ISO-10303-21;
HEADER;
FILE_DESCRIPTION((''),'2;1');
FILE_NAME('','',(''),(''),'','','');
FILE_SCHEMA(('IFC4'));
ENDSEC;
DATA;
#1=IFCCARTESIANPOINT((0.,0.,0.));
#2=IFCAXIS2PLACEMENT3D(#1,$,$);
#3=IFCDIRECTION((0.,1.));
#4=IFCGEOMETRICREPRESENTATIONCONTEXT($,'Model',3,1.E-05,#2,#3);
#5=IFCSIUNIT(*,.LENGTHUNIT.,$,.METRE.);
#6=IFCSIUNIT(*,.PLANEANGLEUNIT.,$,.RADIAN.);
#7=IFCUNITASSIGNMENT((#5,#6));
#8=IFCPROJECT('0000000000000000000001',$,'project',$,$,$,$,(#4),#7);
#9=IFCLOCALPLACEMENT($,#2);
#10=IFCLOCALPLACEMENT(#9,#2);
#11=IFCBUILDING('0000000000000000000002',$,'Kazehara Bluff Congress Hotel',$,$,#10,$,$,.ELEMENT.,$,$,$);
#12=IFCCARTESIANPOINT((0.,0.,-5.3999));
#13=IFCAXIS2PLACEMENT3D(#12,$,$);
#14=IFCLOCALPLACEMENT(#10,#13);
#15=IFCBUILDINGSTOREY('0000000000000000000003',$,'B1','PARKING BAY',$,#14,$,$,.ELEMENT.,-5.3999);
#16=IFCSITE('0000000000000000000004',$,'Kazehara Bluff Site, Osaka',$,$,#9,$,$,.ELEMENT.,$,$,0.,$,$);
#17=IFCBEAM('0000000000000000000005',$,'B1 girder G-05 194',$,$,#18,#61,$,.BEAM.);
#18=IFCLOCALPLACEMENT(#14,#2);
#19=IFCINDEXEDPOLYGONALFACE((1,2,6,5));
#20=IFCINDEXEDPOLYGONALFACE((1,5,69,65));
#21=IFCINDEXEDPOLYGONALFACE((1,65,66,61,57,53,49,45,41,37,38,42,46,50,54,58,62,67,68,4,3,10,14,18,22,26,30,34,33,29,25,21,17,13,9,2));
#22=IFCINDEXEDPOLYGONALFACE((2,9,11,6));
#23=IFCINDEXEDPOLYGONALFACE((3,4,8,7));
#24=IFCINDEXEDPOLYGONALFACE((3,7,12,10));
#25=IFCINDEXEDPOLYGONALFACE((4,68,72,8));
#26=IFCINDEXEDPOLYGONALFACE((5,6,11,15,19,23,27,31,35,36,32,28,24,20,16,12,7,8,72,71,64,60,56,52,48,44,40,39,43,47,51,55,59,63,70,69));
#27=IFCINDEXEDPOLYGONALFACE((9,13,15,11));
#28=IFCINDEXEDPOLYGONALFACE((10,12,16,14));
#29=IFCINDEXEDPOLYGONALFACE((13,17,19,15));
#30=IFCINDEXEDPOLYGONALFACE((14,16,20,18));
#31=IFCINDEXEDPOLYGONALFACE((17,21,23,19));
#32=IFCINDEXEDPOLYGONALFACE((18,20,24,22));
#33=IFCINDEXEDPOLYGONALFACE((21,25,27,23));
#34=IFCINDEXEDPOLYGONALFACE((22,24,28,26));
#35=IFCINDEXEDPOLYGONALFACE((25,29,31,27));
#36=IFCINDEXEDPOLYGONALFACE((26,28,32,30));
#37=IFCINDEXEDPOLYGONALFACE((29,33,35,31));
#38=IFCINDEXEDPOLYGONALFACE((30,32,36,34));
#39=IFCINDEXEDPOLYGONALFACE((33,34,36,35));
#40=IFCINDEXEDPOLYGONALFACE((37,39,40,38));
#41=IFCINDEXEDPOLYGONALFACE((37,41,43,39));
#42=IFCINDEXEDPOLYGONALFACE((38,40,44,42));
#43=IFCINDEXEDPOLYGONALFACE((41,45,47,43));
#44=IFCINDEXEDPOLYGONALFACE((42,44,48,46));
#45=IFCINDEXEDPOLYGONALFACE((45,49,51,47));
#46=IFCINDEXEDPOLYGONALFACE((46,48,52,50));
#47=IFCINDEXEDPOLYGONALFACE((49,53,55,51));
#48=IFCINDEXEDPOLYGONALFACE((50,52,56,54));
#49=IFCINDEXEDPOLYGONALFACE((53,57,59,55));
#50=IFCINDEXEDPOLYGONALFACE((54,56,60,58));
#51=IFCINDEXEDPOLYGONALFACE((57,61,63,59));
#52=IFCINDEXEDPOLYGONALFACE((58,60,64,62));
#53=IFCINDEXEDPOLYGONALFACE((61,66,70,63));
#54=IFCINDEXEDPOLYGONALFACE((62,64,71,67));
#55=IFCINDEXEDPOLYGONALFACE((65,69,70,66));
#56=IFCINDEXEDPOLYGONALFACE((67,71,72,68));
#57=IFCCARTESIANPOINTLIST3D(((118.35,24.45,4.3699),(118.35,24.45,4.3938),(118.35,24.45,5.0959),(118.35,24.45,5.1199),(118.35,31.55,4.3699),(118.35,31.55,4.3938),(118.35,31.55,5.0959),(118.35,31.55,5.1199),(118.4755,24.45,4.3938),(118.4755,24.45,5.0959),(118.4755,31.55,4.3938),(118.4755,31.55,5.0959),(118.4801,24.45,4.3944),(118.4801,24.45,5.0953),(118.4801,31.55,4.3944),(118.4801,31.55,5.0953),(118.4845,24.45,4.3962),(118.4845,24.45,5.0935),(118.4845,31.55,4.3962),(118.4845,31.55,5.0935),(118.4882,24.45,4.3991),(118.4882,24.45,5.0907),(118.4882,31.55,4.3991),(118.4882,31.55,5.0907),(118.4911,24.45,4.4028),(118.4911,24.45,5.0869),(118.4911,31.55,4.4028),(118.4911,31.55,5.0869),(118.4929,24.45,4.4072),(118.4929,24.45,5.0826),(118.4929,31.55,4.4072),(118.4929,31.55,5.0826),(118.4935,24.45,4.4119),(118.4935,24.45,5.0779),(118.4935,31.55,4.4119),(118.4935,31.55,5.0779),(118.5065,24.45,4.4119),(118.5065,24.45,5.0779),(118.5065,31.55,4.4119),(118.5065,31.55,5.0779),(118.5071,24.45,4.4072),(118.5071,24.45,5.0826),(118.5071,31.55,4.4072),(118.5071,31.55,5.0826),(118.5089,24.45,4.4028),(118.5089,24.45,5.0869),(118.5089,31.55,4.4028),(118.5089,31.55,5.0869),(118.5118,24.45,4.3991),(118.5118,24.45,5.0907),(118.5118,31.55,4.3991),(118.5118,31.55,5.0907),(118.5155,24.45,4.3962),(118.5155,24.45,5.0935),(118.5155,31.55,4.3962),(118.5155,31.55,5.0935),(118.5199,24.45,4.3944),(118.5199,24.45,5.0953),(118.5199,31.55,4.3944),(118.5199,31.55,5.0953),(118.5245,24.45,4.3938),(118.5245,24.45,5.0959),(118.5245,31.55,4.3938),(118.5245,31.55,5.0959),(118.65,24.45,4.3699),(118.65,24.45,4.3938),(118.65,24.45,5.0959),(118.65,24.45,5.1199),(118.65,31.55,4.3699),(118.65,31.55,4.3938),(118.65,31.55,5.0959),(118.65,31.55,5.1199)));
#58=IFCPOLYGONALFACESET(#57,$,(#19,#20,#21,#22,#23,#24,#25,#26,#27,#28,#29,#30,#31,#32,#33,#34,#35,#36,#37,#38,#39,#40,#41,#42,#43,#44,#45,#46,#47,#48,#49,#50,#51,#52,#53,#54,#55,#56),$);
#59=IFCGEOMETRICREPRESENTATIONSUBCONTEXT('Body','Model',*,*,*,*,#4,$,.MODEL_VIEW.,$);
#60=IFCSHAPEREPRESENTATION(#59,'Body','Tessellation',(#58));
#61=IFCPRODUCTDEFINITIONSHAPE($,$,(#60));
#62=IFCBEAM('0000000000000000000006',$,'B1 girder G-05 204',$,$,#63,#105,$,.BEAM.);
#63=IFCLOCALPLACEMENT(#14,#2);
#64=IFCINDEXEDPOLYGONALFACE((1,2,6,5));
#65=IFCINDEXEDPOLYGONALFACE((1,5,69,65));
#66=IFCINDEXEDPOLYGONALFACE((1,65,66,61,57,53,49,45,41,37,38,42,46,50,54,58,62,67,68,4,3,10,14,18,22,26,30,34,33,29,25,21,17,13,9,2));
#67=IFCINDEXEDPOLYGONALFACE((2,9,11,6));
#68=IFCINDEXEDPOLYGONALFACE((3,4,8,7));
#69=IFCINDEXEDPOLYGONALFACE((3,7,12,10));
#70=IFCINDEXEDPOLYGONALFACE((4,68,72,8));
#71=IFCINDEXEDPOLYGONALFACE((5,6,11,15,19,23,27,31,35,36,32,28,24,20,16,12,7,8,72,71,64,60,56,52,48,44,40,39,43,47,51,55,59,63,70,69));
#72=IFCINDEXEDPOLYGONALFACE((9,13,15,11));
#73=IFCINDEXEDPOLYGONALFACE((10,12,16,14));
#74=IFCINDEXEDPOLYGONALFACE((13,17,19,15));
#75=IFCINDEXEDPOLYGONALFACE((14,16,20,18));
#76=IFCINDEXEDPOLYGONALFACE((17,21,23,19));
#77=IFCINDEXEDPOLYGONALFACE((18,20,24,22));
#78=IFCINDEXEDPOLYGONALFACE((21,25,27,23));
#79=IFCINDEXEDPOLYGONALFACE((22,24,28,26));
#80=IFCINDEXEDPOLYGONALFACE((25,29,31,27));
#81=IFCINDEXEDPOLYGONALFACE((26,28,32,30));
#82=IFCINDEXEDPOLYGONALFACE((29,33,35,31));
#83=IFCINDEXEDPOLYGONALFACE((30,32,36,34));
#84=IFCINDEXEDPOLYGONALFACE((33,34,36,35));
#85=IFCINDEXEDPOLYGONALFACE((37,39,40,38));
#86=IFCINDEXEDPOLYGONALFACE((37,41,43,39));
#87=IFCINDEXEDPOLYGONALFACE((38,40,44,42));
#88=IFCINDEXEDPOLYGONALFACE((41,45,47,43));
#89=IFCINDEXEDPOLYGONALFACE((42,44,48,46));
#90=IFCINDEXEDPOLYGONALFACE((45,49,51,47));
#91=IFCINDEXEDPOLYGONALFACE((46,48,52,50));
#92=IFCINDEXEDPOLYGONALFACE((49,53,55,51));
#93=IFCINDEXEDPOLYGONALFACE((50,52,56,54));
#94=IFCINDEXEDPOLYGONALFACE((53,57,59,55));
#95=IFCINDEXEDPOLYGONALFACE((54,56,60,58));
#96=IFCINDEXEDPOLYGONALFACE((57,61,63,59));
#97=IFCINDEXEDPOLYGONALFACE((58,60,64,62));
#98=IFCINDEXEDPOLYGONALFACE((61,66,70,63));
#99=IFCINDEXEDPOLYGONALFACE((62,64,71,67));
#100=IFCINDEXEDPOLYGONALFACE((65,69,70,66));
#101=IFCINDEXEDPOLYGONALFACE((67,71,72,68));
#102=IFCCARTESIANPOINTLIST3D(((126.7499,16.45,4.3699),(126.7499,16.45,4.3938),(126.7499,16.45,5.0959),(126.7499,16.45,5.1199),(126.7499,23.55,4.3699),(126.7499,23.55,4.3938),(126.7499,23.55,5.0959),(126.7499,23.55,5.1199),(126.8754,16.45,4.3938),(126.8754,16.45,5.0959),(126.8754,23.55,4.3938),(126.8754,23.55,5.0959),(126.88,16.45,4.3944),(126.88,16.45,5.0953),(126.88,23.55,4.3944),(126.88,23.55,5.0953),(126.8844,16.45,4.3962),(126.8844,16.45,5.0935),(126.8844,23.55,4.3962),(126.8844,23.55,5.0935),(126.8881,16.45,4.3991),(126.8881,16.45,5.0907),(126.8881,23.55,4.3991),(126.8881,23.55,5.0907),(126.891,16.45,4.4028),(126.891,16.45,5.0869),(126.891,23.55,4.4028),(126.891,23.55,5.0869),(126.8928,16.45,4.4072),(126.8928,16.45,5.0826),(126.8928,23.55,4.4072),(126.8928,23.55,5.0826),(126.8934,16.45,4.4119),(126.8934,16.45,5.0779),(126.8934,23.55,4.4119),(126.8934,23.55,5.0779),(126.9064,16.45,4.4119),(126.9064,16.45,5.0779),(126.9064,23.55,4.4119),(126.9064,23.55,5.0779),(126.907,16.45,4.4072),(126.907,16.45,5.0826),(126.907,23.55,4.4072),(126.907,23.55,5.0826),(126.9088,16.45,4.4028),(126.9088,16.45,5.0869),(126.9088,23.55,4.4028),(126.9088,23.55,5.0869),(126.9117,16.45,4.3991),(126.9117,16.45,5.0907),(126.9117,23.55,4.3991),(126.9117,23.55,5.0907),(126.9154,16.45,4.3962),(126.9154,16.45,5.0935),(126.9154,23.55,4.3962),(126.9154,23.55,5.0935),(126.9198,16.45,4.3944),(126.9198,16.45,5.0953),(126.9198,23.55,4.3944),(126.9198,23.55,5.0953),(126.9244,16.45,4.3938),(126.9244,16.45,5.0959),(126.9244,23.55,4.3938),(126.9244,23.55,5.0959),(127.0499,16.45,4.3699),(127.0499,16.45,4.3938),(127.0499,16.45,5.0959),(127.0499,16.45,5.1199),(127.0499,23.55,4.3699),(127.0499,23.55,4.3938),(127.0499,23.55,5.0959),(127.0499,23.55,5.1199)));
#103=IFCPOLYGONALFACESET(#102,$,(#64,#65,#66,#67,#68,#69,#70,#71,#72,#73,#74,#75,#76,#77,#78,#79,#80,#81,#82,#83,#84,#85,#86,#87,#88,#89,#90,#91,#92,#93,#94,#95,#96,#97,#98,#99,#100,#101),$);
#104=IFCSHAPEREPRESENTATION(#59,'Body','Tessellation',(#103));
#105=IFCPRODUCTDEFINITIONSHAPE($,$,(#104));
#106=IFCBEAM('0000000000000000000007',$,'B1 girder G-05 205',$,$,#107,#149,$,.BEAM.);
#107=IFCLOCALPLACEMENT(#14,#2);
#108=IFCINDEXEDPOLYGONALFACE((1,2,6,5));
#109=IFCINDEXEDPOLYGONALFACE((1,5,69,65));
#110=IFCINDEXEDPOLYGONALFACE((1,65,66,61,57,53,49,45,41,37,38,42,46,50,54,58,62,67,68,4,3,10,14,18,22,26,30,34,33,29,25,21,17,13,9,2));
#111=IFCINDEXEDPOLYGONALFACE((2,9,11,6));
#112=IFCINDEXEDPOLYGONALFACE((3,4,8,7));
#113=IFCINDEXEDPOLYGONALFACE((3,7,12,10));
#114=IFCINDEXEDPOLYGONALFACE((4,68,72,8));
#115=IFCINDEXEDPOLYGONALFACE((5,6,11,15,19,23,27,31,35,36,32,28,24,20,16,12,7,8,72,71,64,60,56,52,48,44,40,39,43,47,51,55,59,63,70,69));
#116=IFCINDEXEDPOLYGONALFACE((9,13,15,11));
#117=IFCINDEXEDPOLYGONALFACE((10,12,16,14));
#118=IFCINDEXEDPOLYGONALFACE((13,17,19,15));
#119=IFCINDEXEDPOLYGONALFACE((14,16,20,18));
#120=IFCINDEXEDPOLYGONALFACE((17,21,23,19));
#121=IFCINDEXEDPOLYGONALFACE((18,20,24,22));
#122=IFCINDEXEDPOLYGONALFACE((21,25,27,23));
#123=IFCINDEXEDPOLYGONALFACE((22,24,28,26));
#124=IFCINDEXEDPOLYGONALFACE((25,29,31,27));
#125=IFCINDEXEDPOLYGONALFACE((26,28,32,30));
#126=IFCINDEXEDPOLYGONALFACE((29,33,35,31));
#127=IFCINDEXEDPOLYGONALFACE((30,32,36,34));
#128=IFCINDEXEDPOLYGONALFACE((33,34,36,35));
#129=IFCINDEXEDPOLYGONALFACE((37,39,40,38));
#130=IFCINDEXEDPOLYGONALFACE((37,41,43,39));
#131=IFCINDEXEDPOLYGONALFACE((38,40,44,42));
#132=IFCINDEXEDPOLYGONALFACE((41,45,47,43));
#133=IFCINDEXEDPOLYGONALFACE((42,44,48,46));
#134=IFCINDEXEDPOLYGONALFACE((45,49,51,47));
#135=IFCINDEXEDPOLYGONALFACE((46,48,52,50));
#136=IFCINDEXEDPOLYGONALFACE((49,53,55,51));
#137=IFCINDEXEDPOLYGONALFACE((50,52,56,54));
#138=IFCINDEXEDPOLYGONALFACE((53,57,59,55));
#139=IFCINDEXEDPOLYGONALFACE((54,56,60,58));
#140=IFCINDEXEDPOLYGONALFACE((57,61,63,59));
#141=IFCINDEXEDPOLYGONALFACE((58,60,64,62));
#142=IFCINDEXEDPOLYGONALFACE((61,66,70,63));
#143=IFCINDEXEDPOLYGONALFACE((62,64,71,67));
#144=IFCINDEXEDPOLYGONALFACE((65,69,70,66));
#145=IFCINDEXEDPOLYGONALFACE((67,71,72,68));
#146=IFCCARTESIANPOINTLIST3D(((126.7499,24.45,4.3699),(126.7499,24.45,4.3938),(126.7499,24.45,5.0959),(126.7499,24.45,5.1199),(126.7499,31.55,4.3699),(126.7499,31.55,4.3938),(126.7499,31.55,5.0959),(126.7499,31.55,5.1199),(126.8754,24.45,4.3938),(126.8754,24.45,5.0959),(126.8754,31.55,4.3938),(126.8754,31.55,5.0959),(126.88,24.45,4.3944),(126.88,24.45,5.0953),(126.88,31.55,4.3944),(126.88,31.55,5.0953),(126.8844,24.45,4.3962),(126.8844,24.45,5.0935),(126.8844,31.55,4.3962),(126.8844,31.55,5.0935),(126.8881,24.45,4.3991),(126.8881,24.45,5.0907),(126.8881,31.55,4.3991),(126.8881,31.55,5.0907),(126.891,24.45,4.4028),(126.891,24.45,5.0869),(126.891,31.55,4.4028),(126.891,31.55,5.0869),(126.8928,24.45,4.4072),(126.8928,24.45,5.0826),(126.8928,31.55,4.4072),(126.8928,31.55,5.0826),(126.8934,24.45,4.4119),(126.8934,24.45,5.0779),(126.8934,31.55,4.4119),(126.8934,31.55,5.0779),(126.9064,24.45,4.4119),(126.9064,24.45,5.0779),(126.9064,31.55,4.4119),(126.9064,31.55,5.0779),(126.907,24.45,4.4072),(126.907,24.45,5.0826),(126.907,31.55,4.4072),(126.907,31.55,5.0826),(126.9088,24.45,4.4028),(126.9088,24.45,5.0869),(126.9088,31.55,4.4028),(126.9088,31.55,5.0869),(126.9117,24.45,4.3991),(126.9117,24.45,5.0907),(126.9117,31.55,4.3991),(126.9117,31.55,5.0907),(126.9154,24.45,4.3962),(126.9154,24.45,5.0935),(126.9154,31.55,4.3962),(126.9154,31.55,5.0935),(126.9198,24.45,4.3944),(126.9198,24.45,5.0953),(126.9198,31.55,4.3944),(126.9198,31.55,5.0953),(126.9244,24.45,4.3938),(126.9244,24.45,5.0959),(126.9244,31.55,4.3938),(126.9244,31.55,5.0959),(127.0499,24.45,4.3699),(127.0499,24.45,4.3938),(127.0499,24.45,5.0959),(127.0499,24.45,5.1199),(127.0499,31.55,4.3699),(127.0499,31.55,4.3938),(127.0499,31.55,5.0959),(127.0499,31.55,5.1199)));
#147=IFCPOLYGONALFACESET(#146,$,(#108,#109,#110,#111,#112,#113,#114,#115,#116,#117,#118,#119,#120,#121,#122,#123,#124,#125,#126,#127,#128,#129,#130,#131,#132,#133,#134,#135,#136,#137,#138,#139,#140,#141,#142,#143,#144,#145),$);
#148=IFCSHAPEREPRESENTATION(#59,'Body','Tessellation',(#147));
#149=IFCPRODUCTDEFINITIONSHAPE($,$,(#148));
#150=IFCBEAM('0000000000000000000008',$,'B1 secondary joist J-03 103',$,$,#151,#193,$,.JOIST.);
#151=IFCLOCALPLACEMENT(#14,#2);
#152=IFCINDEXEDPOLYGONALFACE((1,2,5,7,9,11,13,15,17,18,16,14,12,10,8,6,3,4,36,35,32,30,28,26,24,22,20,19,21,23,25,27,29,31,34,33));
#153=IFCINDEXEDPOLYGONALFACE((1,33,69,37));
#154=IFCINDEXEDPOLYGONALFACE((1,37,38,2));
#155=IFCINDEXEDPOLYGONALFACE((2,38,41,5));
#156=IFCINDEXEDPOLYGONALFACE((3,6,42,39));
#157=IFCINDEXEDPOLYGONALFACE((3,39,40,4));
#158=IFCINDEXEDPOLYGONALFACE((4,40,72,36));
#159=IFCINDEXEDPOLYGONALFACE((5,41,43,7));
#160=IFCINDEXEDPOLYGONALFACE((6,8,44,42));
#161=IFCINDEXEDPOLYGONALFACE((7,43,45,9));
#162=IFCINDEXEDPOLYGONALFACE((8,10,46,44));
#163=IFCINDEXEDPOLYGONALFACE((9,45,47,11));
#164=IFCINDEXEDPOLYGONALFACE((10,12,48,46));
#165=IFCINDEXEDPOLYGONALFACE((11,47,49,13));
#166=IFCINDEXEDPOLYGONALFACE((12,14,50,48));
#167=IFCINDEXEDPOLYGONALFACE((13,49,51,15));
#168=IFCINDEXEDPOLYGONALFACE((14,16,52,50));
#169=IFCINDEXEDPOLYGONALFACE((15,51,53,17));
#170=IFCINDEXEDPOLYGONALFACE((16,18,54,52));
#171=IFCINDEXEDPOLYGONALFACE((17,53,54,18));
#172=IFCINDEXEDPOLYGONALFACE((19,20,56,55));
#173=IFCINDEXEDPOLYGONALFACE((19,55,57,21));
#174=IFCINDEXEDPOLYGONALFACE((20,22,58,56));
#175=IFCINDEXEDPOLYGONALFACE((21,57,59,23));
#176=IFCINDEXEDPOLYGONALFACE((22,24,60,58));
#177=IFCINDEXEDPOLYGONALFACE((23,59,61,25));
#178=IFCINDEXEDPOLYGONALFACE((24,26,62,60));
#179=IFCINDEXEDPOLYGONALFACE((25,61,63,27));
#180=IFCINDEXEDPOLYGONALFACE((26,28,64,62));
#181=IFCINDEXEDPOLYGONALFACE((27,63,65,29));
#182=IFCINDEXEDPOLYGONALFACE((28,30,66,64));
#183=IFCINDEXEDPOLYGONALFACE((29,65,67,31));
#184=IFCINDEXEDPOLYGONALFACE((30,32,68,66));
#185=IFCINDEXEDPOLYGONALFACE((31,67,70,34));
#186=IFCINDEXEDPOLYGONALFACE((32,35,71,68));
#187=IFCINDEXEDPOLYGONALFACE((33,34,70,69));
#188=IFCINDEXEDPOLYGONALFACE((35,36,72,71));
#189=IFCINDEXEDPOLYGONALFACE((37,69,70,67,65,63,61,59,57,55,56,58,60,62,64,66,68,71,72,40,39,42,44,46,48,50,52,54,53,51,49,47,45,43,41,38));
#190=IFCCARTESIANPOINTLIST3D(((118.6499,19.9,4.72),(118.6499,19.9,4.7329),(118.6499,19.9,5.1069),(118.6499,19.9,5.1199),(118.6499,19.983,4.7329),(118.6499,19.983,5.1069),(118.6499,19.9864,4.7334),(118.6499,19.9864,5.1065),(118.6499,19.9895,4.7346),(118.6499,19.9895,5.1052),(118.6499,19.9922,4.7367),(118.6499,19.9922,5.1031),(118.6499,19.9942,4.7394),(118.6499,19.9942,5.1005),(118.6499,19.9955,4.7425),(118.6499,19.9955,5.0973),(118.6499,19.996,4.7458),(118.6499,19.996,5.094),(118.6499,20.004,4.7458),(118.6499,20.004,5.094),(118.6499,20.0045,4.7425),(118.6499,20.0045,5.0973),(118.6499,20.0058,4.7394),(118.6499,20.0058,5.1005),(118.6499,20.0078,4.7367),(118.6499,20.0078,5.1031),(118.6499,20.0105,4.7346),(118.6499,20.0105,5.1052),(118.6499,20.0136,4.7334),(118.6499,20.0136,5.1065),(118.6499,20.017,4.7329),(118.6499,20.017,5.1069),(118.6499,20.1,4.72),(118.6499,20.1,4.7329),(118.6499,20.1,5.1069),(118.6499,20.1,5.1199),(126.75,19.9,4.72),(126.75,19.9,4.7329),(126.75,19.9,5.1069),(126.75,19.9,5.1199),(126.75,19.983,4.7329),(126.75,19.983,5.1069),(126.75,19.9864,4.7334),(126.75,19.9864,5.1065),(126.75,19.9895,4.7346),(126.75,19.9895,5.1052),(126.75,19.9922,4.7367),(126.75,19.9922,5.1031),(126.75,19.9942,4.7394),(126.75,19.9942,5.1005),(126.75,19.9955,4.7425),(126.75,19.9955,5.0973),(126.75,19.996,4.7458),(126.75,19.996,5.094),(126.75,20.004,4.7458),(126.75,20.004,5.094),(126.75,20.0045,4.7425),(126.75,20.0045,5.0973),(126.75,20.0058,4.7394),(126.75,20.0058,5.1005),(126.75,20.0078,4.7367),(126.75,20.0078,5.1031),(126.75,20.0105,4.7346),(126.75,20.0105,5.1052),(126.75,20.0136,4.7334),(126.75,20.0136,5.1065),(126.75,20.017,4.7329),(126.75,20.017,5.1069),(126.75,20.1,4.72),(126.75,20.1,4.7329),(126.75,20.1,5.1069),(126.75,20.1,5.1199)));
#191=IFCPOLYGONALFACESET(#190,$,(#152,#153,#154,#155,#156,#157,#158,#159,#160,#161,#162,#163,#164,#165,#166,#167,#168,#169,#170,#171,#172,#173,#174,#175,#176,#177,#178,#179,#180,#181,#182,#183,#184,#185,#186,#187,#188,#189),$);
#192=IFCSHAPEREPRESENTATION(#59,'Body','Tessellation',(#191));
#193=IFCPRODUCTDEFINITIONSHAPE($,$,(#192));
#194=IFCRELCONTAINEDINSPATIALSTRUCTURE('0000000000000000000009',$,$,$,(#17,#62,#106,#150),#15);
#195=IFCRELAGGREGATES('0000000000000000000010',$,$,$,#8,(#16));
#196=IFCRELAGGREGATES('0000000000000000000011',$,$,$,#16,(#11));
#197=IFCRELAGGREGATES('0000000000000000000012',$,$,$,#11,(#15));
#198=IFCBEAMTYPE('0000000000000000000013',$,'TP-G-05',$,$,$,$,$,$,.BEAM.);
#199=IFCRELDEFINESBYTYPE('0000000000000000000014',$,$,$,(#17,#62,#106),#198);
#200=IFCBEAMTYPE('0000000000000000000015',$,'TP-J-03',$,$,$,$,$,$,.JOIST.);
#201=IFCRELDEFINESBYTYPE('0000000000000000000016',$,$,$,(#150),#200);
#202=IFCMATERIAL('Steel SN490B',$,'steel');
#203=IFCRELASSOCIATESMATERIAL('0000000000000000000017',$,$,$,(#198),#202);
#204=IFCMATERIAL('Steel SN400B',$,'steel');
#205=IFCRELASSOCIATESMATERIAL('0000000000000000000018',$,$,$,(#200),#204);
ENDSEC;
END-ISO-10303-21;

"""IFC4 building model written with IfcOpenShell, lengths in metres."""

from ifc_helpers import new_model, si_unit, direction, frame, origin, origin_2d, place, context, subcontext, project, spatial, i_section, extrude, material, material_profile, profile_set, type_object, element, save


model = new_model("IFC4")

# Units and contexts
model_context = context("Model", 3, precision=1e-05, world=origin(), true_north=direction((0.0, 1.0)))
body_context = subcontext(model_context, "Body", "Model", "MODEL_VIEW")
ifc_project = project(units=[si_unit("LENGTHUNIT", "METRE"), si_unit("PLANEANGLEUNIT", "RADIAN")], contexts=[model_context])

# Site, building, storey
site_placement = place(None, origin())
site = spatial("IfcSite", under=ifc_project, at=site_placement, Name="Kazehara Bluff Site, Osaka", CompositionType="ELEMENT", RefElevation=0.0)
building_placement = place(site_placement, origin())
building = spatial("IfcBuilding", under=site, at=building_placement, Name="Kazehara Bluff Congress Hotel", CompositionType="ELEMENT")
storey_placement = place(building_placement, frame((0.0, 0.0, -5.3999)))
storey = spatial("IfcBuildingStorey", under=building, at=storey_placement, Name="B1", Description="PARKING BAY", CompositionType="ELEMENT", Elevation=-5.3999)

# Beams
ifc_material_1 = material(Name="Steel SN490B", Category="steel")
ifc_material_profile_1 = material_profile(ifc_material_1, i_section(OverallWidth=0.3, OverallDepth=0.75, WebThickness=0.0129, FlangeThickness=0.0239, FilletRadius=0.0181, at=origin_2d()))
ifc_profile_set_1 = profile_set([ifc_material_profile_1], Name="Steel SN490B")
beam_type_1 = type_object("IfcBeamType", Name="TP-G-05", PredefinedType="BEAM", material=ifc_profile_set_1)
for number, where, z_axis, x_axis, name in (
    (1, (118.5, 24.45, 4.7449), (0.0, 1.0, 0.0), (-1.0, 0.0, 0.0), "B1 girder G-05 194"),
    (2, (126.8999, 16.45, 4.7449), (0.0, 1.0, 0.0), (-1.0, 0.0, 0.0), "B1 girder G-05 204"),
    (3, (126.8999, 24.45, 4.7449), (0.0, 1.0, 0.0), (-1.0, 0.0, 0.0), "B1 girder G-05 205"),
):
    element("IfcBeam", number, at=place(storey_placement, frame(where, z_axis=z_axis, x_axis=x_axis)), inside=storey, type_object=beam_type_1, Name=name, PredefinedType="BEAM", context=body_context, shape_type="SweptSolid", body=[
        extrude(i_section(OverallWidth=0.3, OverallDepth=0.75, WebThickness=0.0129, FlangeThickness=0.0239, FilletRadius=0.0181, at=origin_2d()), origin(), (0.0, 0.0, 1.0), 7.1001),
    ])
ifc_material_2 = material(Name="Steel SN400B", Category="steel")
ifc_material_profile_2 = material_profile(ifc_material_2, i_section(OverallWidth=0.2, OverallDepth=0.3999, WebThickness=0.0081, FlangeThickness=0.0129, FilletRadius=0.0129, at=origin_2d()))
ifc_profile_set_2 = profile_set([ifc_material_profile_2], Name="Steel SN400B")
beam_type_2 = type_object("IfcBeamType", Name="TP-J-03", PredefinedType="JOIST", material=ifc_profile_set_2)
for number, where, z_axis, x_axis, name in (
    (4, (118.6499, 20.0, 4.9199), (1.0, 0.0, 0.0), (0.0, 1.0, 0.0), "B1 secondary joist J-03 103"),
):
    element("IfcBeam", number, at=place(storey_placement, frame(where, z_axis=z_axis, x_axis=x_axis)), inside=storey, type_object=beam_type_2, Name=name, PredefinedType="JOIST", context=body_context, shape_type="SweptSolid", body=[
        extrude(i_section(OverallWidth=0.2, OverallDepth=0.3999, WebThickness=0.0081, FlangeThickness=0.0129, FilletRadius=0.0129, at=origin_2d()), origin(), (0.0, 0.0, 1.0), 8.1001),
    ])

save(model, "model.ifc")
